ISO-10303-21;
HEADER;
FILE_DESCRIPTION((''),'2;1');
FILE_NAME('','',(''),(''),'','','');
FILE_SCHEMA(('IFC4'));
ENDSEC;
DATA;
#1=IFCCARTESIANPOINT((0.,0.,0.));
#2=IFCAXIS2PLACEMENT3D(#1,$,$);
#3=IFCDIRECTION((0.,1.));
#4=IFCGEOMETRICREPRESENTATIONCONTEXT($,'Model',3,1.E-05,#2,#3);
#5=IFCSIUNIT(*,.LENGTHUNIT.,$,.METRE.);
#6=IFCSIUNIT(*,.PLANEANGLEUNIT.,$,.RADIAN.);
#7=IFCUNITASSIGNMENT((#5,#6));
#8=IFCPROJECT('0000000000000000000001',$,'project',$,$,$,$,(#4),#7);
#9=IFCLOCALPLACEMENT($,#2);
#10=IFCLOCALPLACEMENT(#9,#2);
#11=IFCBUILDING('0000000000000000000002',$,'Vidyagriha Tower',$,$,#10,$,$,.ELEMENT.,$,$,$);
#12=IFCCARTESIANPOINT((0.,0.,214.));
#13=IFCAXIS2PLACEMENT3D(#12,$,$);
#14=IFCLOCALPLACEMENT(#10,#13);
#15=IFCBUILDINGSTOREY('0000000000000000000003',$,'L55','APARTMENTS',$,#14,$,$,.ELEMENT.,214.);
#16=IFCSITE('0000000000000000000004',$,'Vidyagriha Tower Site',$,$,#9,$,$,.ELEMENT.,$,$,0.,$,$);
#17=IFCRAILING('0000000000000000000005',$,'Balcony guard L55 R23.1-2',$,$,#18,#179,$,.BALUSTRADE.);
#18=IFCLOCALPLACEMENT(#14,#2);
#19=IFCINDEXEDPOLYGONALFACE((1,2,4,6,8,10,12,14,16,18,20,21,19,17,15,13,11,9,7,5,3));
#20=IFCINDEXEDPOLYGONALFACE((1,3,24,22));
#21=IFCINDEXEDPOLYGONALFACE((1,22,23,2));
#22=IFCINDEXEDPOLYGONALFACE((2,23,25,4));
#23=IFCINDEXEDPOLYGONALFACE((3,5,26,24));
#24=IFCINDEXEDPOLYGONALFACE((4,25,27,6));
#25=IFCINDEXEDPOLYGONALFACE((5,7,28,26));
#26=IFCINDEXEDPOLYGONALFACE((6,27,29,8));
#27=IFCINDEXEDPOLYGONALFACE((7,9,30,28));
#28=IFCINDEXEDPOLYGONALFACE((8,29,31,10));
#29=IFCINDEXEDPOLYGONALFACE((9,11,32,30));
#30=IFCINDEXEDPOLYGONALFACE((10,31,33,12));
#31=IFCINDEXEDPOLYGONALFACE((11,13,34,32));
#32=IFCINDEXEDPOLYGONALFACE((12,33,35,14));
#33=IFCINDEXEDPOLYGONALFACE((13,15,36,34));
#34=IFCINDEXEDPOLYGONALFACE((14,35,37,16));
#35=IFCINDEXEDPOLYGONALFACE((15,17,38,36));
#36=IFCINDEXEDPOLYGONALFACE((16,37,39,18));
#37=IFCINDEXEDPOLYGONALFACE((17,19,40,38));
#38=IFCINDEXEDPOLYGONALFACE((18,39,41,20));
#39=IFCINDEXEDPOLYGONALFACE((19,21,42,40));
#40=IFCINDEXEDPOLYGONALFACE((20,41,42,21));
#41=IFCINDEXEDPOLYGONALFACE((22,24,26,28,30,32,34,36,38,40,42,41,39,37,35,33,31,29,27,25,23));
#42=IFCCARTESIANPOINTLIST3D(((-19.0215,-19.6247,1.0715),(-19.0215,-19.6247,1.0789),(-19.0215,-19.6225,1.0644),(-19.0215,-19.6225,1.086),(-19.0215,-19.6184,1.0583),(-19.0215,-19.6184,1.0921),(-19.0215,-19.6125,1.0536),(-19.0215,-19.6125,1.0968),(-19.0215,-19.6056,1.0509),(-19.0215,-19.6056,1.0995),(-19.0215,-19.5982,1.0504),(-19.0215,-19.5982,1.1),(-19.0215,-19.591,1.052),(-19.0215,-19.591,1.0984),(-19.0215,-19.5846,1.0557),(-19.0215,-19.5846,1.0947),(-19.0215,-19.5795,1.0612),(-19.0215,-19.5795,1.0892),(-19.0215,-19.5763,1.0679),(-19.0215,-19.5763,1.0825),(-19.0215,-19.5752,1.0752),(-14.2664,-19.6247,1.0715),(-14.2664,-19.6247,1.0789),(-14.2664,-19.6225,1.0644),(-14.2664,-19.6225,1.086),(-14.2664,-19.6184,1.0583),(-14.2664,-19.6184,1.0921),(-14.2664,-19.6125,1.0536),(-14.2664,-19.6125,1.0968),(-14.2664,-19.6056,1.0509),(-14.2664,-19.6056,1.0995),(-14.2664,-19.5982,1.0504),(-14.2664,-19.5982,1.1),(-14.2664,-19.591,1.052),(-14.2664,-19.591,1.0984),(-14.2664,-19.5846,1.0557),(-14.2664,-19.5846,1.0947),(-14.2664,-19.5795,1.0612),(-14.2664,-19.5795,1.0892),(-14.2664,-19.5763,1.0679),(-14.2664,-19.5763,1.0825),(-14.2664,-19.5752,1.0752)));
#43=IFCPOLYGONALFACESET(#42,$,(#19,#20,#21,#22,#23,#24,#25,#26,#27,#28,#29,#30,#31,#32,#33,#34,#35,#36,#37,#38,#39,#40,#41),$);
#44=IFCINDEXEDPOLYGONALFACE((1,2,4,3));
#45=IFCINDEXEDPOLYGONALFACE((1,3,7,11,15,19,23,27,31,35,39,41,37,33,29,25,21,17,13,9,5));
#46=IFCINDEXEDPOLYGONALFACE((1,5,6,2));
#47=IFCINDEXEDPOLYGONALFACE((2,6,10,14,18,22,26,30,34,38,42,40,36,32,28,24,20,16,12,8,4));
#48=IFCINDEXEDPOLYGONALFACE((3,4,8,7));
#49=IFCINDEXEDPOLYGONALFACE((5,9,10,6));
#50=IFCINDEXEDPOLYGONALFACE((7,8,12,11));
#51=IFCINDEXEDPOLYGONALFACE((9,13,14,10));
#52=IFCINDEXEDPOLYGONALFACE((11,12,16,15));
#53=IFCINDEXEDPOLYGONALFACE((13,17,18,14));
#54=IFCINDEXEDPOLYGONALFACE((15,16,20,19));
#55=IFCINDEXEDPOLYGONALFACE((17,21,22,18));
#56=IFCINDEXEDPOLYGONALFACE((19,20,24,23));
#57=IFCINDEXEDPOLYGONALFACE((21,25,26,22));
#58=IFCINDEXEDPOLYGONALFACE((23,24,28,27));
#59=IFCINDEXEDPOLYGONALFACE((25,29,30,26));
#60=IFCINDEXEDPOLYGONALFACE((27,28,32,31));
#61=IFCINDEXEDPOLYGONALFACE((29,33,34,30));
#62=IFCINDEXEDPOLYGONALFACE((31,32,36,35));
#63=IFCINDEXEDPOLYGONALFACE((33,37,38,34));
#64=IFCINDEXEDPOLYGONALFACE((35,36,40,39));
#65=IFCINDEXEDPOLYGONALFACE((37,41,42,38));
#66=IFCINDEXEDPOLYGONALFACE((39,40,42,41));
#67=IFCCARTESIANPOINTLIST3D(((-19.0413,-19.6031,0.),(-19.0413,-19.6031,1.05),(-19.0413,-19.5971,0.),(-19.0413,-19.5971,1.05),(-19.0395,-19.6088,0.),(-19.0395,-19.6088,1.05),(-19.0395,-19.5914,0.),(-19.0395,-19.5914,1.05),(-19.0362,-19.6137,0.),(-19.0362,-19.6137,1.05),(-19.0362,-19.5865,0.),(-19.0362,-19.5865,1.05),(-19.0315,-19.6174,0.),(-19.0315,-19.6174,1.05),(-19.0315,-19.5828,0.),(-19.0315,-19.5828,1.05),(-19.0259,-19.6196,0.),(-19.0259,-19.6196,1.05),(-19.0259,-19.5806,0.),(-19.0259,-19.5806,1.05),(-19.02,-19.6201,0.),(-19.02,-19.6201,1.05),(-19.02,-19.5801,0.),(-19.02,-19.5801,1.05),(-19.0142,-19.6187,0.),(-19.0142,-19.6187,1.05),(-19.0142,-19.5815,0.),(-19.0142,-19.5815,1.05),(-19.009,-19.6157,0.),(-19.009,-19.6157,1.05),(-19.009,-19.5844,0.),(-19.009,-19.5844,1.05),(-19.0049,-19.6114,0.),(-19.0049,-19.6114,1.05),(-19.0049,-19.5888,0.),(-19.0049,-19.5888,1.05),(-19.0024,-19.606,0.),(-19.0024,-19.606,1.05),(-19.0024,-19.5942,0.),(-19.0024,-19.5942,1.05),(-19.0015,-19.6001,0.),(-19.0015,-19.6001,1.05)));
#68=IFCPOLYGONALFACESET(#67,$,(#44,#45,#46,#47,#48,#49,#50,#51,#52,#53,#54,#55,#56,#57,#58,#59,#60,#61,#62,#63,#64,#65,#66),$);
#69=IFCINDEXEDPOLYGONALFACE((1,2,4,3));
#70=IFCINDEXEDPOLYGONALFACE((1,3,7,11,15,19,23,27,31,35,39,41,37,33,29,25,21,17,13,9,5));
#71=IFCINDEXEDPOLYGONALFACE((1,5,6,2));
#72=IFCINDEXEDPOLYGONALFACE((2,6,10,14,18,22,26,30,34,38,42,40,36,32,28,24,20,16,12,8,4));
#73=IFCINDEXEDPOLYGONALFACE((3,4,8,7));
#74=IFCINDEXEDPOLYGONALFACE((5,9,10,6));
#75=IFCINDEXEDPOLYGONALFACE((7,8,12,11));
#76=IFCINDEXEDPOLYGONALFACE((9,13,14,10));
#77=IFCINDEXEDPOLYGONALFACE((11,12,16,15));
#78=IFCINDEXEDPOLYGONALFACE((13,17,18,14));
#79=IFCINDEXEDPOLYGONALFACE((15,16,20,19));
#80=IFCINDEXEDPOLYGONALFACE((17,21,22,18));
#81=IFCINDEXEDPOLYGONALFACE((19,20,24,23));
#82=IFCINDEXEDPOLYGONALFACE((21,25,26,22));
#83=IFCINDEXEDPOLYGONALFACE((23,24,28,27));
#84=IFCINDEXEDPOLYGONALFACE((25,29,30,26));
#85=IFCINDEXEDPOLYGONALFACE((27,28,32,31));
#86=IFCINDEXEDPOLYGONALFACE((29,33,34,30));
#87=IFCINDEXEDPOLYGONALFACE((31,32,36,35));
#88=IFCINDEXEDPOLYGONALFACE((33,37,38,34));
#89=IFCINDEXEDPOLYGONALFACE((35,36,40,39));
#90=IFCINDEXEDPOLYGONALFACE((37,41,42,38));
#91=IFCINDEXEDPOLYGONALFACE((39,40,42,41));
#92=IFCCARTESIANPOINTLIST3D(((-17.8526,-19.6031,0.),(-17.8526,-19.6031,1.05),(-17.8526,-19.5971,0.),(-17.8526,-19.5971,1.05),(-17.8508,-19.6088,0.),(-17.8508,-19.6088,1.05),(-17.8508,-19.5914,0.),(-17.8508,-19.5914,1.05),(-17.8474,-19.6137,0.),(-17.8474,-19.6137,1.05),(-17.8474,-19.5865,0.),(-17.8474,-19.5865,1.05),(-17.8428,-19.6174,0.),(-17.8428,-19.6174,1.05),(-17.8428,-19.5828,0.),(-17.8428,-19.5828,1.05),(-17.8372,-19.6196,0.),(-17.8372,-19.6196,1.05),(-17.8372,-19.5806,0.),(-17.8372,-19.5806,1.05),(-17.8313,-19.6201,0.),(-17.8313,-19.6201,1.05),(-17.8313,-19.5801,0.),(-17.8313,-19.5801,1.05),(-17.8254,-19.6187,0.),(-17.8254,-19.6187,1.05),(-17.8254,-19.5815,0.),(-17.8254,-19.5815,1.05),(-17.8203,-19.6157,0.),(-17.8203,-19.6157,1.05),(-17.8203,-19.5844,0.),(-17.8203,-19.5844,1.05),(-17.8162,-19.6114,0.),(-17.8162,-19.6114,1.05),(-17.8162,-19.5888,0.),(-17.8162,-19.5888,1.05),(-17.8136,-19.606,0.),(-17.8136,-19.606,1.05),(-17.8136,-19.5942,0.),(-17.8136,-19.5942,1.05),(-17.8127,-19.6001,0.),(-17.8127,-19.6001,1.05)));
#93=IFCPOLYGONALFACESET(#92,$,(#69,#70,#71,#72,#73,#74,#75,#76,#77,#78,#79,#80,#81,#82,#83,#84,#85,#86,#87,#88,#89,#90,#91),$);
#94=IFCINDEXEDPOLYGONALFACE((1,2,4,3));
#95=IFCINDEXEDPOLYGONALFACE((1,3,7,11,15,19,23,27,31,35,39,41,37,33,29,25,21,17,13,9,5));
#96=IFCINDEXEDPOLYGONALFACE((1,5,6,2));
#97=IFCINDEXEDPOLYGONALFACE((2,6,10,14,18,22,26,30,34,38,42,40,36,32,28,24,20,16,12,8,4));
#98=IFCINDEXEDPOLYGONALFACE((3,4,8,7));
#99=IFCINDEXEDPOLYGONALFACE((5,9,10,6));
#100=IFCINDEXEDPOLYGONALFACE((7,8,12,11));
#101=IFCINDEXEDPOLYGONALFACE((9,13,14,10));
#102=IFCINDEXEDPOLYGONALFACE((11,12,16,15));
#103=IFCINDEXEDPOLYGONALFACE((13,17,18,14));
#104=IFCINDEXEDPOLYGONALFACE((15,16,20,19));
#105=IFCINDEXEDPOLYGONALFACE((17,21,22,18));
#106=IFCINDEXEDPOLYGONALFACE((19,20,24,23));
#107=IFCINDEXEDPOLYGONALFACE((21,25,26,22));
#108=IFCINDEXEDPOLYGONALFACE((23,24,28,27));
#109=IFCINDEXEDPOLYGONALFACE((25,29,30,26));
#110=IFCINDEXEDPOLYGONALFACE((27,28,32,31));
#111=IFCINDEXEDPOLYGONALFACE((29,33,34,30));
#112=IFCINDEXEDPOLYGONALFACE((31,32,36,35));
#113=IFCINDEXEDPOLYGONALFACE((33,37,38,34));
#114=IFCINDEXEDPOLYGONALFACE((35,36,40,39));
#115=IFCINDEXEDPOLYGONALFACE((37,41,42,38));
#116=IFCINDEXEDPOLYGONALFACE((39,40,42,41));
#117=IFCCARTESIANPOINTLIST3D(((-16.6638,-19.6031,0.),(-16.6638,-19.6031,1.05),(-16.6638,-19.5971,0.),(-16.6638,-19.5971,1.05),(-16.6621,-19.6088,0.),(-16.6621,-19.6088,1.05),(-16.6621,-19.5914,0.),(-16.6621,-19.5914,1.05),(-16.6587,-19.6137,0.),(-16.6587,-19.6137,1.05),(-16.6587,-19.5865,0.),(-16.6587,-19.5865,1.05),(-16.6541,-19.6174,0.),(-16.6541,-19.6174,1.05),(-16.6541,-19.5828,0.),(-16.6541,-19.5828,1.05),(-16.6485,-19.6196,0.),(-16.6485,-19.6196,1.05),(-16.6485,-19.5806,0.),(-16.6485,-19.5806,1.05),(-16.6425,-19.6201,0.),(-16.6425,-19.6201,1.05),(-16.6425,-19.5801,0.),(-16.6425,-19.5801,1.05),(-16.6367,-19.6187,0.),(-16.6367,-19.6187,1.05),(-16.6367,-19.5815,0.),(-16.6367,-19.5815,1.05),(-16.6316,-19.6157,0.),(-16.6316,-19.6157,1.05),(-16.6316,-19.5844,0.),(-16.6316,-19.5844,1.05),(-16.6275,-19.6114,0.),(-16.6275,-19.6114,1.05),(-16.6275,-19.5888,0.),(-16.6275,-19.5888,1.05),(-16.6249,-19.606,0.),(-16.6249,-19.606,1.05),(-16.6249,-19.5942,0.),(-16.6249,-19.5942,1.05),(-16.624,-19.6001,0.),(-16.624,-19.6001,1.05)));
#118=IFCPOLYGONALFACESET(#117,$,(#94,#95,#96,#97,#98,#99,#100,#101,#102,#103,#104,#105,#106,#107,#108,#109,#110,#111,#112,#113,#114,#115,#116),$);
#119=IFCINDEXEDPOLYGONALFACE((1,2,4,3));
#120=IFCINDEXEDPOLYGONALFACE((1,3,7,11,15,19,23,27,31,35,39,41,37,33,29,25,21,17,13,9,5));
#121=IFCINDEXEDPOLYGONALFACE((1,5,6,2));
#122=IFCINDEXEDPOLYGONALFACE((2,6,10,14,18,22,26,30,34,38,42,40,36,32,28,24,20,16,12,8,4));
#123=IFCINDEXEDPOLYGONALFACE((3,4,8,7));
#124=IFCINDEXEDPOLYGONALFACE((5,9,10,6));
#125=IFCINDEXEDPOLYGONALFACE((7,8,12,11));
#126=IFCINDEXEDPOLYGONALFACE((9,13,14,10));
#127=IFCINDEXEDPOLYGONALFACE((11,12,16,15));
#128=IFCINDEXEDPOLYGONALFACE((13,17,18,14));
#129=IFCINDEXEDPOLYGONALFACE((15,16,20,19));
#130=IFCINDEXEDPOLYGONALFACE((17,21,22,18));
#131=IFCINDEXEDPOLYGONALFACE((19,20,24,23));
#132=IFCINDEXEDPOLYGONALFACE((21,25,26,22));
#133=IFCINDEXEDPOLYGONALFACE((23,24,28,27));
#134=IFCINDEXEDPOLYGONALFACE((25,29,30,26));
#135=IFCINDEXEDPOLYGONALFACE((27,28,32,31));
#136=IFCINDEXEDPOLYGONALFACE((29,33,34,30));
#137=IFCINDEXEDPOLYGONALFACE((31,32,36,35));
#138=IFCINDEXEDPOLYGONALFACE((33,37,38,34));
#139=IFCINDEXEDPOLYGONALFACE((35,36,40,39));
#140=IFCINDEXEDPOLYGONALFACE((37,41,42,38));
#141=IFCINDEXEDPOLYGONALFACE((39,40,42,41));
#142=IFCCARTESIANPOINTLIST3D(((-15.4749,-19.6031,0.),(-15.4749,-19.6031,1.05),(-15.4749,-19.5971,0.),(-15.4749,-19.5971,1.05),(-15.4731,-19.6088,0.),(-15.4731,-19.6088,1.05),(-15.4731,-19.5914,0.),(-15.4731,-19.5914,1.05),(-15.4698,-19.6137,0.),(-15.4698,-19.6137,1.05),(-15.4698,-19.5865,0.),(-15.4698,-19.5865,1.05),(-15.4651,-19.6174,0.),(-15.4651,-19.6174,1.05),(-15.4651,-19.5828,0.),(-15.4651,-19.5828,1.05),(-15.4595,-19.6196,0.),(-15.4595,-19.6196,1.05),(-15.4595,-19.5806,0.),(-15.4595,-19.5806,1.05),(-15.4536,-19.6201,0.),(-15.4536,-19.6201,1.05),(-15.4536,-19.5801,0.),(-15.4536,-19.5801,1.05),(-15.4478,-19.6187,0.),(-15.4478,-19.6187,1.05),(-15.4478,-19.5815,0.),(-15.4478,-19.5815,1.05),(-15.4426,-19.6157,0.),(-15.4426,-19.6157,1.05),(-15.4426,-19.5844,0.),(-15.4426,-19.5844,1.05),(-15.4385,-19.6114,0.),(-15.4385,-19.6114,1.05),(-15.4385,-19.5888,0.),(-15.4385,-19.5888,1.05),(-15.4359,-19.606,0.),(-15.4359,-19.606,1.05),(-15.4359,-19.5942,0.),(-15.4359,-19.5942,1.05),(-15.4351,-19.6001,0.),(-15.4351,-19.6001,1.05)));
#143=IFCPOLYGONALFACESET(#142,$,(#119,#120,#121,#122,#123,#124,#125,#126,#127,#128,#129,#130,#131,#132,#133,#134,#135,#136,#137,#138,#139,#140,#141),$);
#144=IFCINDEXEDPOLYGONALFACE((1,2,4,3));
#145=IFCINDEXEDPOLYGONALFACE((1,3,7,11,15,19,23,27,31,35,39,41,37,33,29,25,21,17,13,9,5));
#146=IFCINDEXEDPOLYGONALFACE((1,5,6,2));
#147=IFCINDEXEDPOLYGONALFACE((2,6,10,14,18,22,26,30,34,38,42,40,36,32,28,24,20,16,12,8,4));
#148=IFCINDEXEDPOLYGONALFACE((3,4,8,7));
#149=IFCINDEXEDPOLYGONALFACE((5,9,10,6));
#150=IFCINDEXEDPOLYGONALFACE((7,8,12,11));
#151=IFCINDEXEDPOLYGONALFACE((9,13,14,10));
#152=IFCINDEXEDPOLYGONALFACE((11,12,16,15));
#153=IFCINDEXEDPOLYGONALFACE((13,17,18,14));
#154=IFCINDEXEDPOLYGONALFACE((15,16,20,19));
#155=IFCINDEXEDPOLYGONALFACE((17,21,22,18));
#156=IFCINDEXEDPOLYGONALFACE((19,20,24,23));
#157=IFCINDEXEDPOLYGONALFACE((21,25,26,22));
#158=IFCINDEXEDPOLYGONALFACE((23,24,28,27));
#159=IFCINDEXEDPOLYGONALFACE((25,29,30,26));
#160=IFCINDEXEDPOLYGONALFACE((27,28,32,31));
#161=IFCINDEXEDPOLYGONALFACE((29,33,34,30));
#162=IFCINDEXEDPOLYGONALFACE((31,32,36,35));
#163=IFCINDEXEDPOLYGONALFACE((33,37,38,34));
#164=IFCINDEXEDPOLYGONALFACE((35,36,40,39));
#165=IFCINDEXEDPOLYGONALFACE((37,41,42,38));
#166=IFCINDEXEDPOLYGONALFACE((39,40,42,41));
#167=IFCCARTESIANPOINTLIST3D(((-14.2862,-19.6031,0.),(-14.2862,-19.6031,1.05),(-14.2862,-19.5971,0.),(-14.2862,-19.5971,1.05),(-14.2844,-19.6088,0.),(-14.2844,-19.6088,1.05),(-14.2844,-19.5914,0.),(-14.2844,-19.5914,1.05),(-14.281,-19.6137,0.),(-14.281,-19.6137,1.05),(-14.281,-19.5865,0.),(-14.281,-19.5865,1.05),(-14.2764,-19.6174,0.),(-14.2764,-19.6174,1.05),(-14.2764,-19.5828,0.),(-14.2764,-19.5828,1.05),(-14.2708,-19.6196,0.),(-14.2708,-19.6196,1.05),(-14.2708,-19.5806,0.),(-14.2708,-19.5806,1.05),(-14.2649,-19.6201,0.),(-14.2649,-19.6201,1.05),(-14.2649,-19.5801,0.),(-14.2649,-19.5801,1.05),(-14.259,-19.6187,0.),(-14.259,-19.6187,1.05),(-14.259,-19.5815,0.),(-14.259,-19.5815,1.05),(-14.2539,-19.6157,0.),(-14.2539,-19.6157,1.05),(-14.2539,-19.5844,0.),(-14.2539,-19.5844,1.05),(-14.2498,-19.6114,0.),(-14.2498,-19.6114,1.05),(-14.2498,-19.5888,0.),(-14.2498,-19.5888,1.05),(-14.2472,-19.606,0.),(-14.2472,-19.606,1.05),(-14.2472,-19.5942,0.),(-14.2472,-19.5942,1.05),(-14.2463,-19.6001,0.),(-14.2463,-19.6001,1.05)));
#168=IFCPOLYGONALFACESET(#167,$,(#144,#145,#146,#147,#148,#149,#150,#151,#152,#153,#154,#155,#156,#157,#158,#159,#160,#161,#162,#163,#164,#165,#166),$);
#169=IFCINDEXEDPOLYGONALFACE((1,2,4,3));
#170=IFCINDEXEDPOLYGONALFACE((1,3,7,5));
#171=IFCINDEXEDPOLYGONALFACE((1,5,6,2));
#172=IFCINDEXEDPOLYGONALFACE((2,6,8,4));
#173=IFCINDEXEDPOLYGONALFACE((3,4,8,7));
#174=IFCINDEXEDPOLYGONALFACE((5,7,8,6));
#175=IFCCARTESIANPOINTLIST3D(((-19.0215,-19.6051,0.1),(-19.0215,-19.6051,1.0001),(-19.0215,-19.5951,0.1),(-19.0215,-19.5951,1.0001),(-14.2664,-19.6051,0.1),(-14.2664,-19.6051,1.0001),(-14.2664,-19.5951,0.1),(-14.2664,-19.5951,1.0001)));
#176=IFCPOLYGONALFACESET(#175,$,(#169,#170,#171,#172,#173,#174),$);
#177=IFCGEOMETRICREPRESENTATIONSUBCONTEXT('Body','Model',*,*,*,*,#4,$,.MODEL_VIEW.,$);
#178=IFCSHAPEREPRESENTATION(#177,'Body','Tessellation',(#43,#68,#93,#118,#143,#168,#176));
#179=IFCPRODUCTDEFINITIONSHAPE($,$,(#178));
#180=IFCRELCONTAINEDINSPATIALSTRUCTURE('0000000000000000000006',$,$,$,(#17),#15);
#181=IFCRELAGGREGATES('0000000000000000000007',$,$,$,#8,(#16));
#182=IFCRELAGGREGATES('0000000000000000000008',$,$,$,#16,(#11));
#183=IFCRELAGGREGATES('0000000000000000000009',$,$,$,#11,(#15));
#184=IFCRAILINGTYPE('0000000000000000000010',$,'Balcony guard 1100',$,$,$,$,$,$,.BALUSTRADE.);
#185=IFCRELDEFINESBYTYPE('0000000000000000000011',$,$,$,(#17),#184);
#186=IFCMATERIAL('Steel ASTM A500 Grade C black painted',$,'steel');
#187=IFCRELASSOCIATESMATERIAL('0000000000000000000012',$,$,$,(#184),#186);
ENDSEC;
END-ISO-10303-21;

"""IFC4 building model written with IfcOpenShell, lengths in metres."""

from ifc_helpers import new_model, si_unit, direction, frame, origin, origin_2d, place, context, subcontext, project, spatial, rectangle, circle, extrude, material, type_object, element, save


model = new_model("IFC4")

# Units and contexts
model_context = context("Model", 3, precision=1e-05, world=origin(), true_north=direction((0.0, 1.0)))
body_context = subcontext(model_context, "Body", "Model", "MODEL_VIEW")
ifc_project = project(units=[si_unit("LENGTHUNIT", "METRE"), si_unit("PLANEANGLEUNIT", "RADIAN")], contexts=[model_context])

# Site, building, storey
site_placement = place(None, origin())
site = spatial("IfcSite", under=ifc_project, at=site_placement, Name="Vidyagriha Tower Site", CompositionType="ELEMENT", RefElevation=0.0)
building_placement = place(site_placement, origin())
building = spatial("IfcBuilding", under=site, at=building_placement, Name="Vidyagriha Tower", CompositionType="ELEMENT")
storey_placement = place(building_placement, frame((0.0, 0.0, 214.0)))
storey = spatial("IfcBuildingStorey", under=building, at=storey_placement, Name="L55", Description="APARTMENTS", CompositionType="ELEMENT", Elevation=214.0)

# Railing
ifc_material_1 = material(Name="Steel ASTM A500 Grade C black painted", Category="steel")
railing_type = type_object("IfcRailingType", Name="Balcony guard 1100", PredefinedType="BALUSTRADE", material=ifc_material_1)
railing_1_placement = place(storey_placement, frame((-19.0215, -19.6001, 0.0)))
element("IfcRailing", 1, at=railing_1_placement, inside=storey, type_object=railing_type, Name="Balcony guard L55 R23.1-2", PredefinedType="BALUSTRADE", context=body_context, shape_type="SweptSolid", body=[
    extrude(circle(Radius=0.0249, at=origin_2d()), frame((0.0, 0.0, 1.0752), z_axis=(1.0, 0.0, 0.0), x_axis=(0.0, 1.0, 0.0)), (0.0, 0.0, 1.0), 4.7551),
    extrude(circle(Radius=0.02, at=origin_2d()), origin(), (0.0, 0.0, 1.0), 1.05),
    extrude(circle(Radius=0.02, at=origin_2d()), frame((1.1887, 0.0, 0.0)), (0.0, 0.0, 1.0), 1.05),
    extrude(circle(Radius=0.02, at=origin_2d()), frame((2.3774, 0.0, 0.0)), (0.0, 0.0, 1.0), 1.05),
    extrude(circle(Radius=0.02, at=origin_2d()), frame((3.5664, 0.0, 0.0)), (0.0, 0.0, 1.0), 1.05),
    extrude(circle(Radius=0.02, at=origin_2d()), frame((4.7551, 0.0, 0.0)), (0.0, 0.0, 1.0), 1.05),
    extrude(rectangle(XDim=0.01, YDim=0.9001, at=origin_2d()), frame((0.0, 0.0, 0.55), z_axis=(1.0, 0.0, 0.0), x_axis=(0.0, 1.0, 0.0)), (0.0, 0.0, 1.0), 4.7551),
])

save(model, "model.ifc")
